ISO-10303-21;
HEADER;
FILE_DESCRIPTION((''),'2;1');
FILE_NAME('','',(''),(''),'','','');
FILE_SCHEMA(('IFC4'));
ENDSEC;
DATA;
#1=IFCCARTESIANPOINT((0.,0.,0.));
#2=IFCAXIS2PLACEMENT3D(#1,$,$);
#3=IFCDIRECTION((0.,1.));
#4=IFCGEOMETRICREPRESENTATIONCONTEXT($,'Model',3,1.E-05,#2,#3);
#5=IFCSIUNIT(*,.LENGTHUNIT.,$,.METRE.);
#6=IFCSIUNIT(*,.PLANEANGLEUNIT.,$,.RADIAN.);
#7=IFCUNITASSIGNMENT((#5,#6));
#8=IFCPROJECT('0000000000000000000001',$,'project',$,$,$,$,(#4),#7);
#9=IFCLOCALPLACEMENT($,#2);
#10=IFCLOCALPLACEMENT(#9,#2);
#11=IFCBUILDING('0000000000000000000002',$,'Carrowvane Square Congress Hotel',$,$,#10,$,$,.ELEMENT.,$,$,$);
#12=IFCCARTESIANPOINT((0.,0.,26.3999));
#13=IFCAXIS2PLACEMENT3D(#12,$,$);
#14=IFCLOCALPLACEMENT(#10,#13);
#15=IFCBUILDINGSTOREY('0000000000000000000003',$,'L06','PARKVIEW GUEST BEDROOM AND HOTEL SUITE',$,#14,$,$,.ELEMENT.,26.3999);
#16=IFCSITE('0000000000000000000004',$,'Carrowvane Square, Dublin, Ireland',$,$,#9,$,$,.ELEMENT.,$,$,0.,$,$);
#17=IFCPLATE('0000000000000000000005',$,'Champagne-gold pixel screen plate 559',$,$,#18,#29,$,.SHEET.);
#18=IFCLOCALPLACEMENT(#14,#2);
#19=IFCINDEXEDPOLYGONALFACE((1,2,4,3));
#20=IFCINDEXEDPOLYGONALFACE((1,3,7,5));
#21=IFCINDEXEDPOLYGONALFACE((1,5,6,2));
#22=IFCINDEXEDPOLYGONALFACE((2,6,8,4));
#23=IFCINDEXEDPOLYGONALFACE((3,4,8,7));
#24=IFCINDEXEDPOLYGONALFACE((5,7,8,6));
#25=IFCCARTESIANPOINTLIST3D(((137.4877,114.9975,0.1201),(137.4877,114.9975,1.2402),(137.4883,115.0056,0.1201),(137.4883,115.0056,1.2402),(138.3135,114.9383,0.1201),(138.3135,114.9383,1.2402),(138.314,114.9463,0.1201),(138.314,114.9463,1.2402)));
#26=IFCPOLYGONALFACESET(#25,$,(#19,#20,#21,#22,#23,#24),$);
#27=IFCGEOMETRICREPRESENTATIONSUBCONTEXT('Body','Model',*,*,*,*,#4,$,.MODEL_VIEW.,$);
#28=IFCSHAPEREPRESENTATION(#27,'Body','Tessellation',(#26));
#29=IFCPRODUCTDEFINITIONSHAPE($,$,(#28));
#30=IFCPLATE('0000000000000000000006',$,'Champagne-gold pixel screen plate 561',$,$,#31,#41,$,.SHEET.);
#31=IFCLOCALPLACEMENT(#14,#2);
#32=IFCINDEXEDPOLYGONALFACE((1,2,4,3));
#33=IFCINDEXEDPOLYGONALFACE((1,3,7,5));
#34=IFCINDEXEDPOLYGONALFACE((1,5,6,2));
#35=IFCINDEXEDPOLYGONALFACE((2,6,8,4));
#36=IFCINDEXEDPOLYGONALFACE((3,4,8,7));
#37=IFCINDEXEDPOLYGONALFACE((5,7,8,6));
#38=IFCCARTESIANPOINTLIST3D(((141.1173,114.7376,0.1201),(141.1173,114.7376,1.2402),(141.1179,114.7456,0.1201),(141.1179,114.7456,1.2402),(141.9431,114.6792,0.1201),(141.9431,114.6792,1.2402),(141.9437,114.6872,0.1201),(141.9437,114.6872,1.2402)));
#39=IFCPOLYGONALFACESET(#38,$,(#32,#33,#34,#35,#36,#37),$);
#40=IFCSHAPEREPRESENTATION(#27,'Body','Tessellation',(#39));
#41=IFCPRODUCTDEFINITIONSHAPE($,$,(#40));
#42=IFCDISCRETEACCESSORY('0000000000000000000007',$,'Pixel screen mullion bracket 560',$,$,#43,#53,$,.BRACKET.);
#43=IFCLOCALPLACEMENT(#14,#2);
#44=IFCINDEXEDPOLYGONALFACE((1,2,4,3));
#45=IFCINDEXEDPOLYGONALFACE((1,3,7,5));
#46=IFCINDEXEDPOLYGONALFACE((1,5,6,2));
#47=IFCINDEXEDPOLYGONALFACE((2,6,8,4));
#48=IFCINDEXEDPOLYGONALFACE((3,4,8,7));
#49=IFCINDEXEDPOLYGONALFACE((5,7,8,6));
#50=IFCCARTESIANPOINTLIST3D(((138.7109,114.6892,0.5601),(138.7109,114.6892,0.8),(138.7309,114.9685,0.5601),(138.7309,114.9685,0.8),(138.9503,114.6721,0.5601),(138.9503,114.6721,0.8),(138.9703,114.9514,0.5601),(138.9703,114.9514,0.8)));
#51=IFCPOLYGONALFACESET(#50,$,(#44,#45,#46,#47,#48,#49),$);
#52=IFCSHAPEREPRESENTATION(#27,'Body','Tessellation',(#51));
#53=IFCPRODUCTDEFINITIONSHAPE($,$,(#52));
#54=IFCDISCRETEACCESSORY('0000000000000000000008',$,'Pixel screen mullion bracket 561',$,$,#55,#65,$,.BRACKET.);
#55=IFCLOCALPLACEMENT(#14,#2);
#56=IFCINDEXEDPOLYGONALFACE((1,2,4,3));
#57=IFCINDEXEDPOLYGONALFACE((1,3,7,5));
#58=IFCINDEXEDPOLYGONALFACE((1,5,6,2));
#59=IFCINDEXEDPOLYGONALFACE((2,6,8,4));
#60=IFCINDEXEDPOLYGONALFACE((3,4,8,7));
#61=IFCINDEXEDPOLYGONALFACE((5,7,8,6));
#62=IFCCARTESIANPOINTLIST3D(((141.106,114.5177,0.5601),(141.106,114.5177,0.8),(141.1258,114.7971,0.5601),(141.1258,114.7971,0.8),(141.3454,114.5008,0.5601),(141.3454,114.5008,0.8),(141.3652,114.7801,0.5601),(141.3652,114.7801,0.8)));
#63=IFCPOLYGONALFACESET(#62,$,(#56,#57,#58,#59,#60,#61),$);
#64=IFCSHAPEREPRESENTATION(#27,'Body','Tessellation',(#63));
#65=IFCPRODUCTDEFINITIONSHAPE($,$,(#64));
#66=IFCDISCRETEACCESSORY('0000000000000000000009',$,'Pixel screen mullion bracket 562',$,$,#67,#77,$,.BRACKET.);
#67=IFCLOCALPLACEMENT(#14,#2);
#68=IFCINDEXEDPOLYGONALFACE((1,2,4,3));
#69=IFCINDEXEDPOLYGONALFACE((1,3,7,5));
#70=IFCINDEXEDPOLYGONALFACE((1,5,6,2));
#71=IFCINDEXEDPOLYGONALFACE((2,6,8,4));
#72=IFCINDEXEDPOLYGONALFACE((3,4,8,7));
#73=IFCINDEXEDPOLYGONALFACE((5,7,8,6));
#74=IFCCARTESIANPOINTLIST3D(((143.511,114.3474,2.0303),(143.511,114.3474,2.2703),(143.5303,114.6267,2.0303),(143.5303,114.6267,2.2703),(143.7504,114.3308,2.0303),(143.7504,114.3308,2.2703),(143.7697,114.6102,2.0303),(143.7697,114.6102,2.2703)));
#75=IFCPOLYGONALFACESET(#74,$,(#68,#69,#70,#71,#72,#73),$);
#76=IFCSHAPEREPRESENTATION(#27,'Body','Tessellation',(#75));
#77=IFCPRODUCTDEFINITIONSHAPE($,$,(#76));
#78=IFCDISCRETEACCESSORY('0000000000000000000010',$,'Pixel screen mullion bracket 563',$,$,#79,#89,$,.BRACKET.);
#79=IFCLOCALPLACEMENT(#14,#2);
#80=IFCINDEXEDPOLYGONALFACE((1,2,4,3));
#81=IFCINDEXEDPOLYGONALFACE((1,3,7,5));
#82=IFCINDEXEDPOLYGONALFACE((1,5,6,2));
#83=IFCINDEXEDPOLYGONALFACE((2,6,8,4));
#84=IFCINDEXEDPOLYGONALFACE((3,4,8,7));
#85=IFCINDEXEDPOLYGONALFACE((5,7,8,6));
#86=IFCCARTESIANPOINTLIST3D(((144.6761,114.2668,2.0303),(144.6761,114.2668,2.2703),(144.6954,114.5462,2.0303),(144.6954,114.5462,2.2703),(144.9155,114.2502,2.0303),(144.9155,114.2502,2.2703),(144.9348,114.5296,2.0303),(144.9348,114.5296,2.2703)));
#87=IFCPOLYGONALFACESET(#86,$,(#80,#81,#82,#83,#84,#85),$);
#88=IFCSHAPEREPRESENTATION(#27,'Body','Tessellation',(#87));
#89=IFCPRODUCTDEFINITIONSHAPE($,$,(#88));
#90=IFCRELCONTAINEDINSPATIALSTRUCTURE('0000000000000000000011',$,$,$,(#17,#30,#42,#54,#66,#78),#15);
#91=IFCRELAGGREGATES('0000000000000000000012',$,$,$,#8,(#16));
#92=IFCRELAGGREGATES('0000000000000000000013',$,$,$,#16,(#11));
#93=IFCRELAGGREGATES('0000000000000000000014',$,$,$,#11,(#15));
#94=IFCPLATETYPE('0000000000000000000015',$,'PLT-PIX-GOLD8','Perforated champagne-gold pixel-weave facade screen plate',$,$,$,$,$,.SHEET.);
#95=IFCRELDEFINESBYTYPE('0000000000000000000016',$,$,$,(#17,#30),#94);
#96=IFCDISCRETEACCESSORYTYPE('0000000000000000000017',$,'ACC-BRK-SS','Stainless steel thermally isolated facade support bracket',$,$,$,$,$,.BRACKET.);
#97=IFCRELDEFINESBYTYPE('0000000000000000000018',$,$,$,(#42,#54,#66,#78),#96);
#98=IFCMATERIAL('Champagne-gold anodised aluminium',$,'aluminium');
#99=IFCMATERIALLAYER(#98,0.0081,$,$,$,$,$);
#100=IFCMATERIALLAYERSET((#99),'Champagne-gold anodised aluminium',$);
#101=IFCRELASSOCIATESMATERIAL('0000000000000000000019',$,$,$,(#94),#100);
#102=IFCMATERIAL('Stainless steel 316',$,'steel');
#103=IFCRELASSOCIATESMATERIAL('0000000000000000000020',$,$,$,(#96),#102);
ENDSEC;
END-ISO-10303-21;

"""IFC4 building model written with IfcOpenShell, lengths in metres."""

from ifc_helpers import new_model, si_unit, direction, frame, origin, origin_2d, place, context, subcontext, project, spatial, rectangle, extrude, material, layer, layer_set, type_object, element, save


model = new_model("IFC4")

# Units and contexts
model_context = context("Model", 3, precision=1e-05, world=origin(), true_north=direction((0.0, 1.0)))
body_context = subcontext(model_context, "Body", "Model", "MODEL_VIEW")
ifc_project = project(units=[si_unit("LENGTHUNIT", "METRE"), si_unit("PLANEANGLEUNIT", "RADIAN")], contexts=[model_context])

# Site, building, storey
site_placement = place(None, origin())
site = spatial("IfcSite", under=ifc_project, at=site_placement, Name="Carrowvane Square, Dublin, Ireland", CompositionType="ELEMENT", RefElevation=0.0)
building_placement = place(site_placement, origin())
building = spatial("IfcBuilding", under=site, at=building_placement, Name="Carrowvane Square Congress Hotel", CompositionType="ELEMENT")
storey_placement = place(building_placement, frame((0.0, 0.0, 26.3999)))
storey = spatial("IfcBuildingStorey", under=building, at=storey_placement, Name="L06", Description="PARKVIEW GUEST BEDROOM AND HOTEL SUITE", CompositionType="ELEMENT", Elevation=26.3999)

# Plates
ifc_material_1 = material(Name="Champagne-gold anodised aluminium", Category="aluminium")
ifc_layer_1 = layer(ifc_material_1, 0.0081)
ifc_layer_set_1 = layer_set([ifc_layer_1], Name="Champagne-gold anodised aluminium")
plate_type_1 = type_object("IfcPlateType", Name="PLT-PIX-GOLD8", Description="Perforated champagne-gold pixel-weave facade screen plate", PredefinedType="SHEET", material=ifc_layer_set_1)
for number, where, z_axis, x_axis, name in (
    (1, (137.9009, 114.9719, 0.1201), (0.0, 0.0, 1.0), (0.997438, -0.071533, 0.0), "Champagne-gold pixel screen plate 559"),
    (2, (141.5305, 114.7124, 0.1201), (0.0, 0.0, 1.0), (0.997506, -0.070585, 0.0), "Champagne-gold pixel screen plate 561"),
):
    element("IfcPlate", number, at=place(storey_placement, frame(where, z_axis=z_axis, x_axis=x_axis)), inside=storey, type_object=plate_type_1, Name=name, PredefinedType="SHEET", context=body_context, shape_type="SweptSolid", body=[
        extrude(rectangle(XDim=0.8279, YDim=0.0081, at=origin_2d()), origin(), (0.0, 0.0, 1.0), 1.1201),
    ])

# Discrete accessories
ifc_material_2 = material(Name="Stainless steel 316", Category="steel")
discrete_accessory_type = type_object("IfcDiscreteAccessoryType", Name="ACC-BRK-SS", Description="Stainless steel thermally isolated facade support bracket", PredefinedType="BRACKET", material=ifc_material_2)
for number, where, z_axis, x_axis, name in (
    (3, (138.8406, 114.8203, 0.5601), (0.0, 0.0, 1.0), (0.997446, -0.07142, 0.0), "Pixel screen mullion bracket 560"),
    (4, (141.2356, 114.6489, 0.5601), (0.0, 0.0, 1.0), (0.997506, -0.070585, 0.0), "Pixel screen mullion bracket 561"),
    (5, (143.6404, 114.4788, 2.0303), (0.0, 0.0, 1.0), (0.997618, -0.068987, 0.0), "Pixel screen mullion bracket 562"),
    (6, (144.8054, 114.3982, 2.0303), (0.0, 0.0, 1.0), (0.997618, -0.068987, 0.0), "Pixel screen mullion bracket 563"),
):
    element("IfcDiscreteAccessory", number, at=place(storey_placement, frame(where, z_axis=z_axis, x_axis=x_axis)), inside=storey, type_object=discrete_accessory_type, Name=name, PredefinedType="BRACKET", context=body_context, shape_type="SweptSolid", body=[
        extrude(rectangle(XDim=0.24, YDim=0.28, at=origin_2d()), origin(), (0.0, 0.0, 1.0), 0.24),
    ])

save(model, "model.ifc")
